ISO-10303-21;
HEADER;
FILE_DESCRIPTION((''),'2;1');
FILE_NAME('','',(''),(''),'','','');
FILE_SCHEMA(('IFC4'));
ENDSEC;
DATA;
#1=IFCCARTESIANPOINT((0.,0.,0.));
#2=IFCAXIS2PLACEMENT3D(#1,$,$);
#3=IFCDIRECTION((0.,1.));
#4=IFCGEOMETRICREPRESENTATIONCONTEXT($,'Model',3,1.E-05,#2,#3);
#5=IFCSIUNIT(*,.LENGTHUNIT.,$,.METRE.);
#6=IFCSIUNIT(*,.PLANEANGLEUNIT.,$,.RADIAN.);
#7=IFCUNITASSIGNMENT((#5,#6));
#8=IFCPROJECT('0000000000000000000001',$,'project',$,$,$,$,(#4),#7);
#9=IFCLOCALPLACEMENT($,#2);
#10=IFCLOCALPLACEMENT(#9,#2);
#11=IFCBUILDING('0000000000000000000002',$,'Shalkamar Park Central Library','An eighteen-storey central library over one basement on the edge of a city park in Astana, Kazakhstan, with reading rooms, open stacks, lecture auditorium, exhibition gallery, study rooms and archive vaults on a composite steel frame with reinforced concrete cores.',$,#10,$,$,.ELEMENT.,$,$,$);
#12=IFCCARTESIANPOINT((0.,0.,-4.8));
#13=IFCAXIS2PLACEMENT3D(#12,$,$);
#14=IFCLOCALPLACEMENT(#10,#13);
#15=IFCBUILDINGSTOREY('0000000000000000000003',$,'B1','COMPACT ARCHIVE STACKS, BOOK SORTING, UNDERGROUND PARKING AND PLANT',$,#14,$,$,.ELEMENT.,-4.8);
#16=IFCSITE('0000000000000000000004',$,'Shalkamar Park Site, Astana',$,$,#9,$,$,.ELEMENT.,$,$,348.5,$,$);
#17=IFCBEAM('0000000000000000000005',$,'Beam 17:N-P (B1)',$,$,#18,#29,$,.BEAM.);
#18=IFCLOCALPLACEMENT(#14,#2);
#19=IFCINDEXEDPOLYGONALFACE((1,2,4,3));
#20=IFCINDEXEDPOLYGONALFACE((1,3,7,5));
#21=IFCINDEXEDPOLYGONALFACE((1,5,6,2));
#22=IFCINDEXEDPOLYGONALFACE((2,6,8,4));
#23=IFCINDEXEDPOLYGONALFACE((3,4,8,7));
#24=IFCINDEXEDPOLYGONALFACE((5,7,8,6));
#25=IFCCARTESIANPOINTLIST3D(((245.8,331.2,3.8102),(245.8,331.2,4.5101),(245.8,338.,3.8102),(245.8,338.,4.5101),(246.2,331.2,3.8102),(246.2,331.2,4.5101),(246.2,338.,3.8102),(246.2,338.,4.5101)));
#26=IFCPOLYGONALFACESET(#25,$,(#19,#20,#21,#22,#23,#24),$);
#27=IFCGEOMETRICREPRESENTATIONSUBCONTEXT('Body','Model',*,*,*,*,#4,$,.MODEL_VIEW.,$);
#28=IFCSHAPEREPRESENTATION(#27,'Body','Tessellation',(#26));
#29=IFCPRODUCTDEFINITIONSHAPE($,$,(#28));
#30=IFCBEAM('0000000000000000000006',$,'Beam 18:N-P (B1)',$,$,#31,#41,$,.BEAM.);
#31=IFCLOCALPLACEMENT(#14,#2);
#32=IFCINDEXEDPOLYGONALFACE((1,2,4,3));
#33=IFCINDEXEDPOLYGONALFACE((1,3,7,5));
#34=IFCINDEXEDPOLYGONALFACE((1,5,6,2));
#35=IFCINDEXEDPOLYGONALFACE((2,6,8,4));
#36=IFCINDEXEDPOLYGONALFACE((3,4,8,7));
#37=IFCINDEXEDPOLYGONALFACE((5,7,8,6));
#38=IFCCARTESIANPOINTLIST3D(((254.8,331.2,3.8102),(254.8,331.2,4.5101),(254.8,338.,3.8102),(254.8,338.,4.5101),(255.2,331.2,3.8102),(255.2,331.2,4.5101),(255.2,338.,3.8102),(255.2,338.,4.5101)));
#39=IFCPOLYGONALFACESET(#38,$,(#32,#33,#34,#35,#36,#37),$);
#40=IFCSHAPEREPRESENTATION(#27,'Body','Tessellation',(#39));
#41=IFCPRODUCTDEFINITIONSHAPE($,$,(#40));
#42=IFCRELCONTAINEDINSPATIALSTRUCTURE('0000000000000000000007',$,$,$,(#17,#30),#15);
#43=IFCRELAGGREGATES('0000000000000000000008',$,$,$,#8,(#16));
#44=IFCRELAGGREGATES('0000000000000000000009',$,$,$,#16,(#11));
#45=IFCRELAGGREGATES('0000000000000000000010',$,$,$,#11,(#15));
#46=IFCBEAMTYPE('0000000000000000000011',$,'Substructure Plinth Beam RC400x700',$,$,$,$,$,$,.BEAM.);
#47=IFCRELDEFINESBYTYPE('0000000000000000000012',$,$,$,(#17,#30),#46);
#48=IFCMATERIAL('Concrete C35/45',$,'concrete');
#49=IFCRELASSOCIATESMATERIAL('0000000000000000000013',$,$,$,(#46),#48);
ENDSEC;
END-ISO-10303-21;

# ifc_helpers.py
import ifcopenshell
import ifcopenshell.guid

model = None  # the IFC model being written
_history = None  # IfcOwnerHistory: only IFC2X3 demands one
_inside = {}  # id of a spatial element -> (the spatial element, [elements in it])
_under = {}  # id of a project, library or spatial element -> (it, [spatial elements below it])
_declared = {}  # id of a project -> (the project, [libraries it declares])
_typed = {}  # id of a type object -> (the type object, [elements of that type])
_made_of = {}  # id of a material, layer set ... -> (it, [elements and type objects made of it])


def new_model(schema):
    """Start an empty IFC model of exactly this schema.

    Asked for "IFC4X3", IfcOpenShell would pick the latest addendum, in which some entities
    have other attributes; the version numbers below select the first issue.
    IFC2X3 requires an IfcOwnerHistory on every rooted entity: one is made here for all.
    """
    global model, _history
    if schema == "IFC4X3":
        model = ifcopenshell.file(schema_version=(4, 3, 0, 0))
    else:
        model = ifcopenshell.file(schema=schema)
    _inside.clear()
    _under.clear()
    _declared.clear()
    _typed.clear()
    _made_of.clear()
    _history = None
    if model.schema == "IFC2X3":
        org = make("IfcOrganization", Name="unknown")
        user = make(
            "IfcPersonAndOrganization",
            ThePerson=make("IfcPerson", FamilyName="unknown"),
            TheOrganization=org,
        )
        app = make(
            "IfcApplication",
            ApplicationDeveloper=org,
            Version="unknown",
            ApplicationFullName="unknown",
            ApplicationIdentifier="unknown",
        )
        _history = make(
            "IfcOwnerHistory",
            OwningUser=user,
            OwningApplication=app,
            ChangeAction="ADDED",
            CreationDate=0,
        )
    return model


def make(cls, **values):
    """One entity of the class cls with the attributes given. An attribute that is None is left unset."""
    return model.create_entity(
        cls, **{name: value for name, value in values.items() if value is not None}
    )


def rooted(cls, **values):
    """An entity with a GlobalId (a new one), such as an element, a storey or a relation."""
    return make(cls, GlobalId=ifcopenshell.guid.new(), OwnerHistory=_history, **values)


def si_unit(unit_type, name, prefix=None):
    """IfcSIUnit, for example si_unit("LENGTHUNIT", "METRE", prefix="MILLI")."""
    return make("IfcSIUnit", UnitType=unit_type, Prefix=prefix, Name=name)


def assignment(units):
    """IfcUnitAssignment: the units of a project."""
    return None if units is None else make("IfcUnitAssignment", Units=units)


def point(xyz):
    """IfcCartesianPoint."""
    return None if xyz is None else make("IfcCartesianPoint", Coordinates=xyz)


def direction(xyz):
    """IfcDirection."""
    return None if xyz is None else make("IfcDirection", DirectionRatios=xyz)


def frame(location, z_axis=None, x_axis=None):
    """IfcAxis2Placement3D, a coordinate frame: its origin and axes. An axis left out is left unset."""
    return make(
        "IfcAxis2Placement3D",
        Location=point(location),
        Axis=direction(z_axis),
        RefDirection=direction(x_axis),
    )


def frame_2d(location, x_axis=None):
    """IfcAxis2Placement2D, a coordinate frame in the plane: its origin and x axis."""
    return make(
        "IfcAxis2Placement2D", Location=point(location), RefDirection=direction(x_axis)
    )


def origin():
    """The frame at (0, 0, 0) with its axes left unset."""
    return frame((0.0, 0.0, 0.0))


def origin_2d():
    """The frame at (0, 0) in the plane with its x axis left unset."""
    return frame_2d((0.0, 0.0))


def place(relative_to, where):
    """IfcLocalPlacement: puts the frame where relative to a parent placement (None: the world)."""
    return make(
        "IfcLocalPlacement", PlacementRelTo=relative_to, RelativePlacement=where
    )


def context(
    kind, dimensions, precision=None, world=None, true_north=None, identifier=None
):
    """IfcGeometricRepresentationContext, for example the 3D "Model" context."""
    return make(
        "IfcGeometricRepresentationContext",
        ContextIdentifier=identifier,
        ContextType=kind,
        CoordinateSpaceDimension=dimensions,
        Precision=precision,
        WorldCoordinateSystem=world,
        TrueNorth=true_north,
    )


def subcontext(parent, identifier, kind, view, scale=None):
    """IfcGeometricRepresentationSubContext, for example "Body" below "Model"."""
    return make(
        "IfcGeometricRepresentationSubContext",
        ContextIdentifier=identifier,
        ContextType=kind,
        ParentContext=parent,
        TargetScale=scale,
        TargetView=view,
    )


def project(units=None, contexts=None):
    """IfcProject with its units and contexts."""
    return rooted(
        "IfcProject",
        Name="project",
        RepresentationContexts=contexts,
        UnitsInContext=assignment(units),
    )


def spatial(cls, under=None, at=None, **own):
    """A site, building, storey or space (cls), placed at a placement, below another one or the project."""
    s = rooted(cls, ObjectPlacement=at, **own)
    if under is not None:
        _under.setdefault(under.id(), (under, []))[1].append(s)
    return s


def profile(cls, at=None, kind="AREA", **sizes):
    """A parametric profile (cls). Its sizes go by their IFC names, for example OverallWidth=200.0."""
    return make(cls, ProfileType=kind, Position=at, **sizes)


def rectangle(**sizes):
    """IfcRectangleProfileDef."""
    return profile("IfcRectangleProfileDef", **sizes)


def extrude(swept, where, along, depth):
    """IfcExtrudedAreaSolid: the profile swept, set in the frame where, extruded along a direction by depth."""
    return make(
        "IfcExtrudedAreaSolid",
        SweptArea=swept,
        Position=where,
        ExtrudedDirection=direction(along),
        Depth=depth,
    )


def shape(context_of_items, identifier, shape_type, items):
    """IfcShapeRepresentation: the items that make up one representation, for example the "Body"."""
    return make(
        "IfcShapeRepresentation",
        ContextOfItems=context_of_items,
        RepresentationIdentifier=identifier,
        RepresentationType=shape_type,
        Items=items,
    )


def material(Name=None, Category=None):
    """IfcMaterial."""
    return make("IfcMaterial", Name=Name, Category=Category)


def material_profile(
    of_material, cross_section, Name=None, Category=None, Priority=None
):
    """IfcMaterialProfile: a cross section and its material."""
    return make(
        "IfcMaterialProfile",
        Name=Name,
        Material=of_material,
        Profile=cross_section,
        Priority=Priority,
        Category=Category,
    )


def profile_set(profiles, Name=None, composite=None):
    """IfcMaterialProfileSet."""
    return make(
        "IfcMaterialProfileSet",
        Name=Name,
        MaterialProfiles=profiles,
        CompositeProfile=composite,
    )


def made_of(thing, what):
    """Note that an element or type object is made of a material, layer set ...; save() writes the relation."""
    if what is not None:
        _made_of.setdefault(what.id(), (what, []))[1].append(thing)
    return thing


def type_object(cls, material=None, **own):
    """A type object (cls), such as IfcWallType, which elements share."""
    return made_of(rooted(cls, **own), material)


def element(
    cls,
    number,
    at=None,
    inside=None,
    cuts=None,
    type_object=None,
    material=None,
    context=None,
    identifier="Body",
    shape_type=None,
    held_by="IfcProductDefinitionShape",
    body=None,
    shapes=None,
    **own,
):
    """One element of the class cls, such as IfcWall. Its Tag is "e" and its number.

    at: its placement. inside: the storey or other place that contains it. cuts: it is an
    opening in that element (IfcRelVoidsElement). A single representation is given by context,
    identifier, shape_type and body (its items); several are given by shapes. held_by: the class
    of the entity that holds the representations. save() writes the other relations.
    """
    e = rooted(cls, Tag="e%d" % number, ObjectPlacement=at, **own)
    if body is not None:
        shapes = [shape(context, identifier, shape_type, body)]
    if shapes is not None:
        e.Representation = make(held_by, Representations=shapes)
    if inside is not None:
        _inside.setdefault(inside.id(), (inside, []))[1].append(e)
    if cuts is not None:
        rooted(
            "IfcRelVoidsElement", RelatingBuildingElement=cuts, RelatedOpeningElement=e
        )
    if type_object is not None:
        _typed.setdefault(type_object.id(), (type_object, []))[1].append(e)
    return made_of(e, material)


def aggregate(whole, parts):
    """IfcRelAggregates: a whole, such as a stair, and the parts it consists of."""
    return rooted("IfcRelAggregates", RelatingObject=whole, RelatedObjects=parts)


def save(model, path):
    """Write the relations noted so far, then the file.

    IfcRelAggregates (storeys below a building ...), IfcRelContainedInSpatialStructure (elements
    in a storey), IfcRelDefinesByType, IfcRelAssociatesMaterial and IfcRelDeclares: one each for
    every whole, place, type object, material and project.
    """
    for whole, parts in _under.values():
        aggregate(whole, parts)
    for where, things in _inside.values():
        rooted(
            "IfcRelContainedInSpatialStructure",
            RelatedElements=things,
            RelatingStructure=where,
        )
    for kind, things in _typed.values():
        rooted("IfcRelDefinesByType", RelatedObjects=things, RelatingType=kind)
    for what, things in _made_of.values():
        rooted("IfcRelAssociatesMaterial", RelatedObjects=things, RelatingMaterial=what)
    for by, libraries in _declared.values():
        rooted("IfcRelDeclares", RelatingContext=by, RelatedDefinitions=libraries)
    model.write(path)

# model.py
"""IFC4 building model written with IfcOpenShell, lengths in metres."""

from ifc_helpers import new_model, si_unit, direction, frame, origin, origin_2d, place, context, subcontext, project, spatial, rectangle, extrude, material, material_profile, profile_set, type_object, element, save


model = new_model("IFC4")

# Units and contexts
model_context = context("Model", 3, precision=1e-05, world=origin(), true_north=direction((0.0, 1.0)))
body_context = subcontext(model_context, "Body", "Model", "MODEL_VIEW")
ifc_project = project(units=[si_unit("LENGTHUNIT", "METRE"), si_unit("PLANEANGLEUNIT", "RADIAN")], contexts=[model_context])

# Site, building, storey
site_placement = place(None, origin())
site = spatial("IfcSite", under=ifc_project, at=site_placement, Name="Shalkamar Park Site, Astana", CompositionType="ELEMENT", RefElevation=348.5)
building_placement = place(site_placement, origin())
building = spatial("IfcBuilding", under=site, at=building_placement, Name="Shalkamar Park Central Library", Description="An eighteen-storey central library over one basement on the edge of a city park in Astana, Kazakhstan, with reading rooms, open stacks, lecture auditorium, exhibition gallery, study rooms and archive vaults on a composite steel frame with reinforced concrete cores.", CompositionType="ELEMENT")
storey_placement = place(building_placement, frame((0.0, 0.0, -4.8)))
storey = spatial("IfcBuildingStorey", under=building, at=storey_placement, Name="B1", Description="COMPACT ARCHIVE STACKS, BOOK SORTING, UNDERGROUND PARKING AND PLANT", CompositionType="ELEMENT", Elevation=-4.8)

# Shared definitions
ifc_material_1 = material(Name="Concrete C35/45", Category="concrete")

# Beams
ifc_material_profile_1 = material_profile(ifc_material_1, rectangle(XDim=0.3999, YDim=0.7, at=origin_2d()), Name="RC 400x700")
ifc_profile_set_1 = profile_set([ifc_material_profile_1], Name="Concrete C35/45")
beam_type_1 = type_object("IfcBeamType", Name="Substructure Plinth Beam RC400x700", PredefinedType="BEAM", material=ifc_profile_set_1)
for number, where, z_axis, x_axis, name in (
    (1, (246.0, 331.2, 4.1602), (0.0, 1.0, 0.0), (-1.0, 0.0, 0.0), "Beam 17:N-P (B1)"),
    (2, (255.0, 331.2, 4.1602), (0.0, 1.0, 0.0), (-1.0, 0.0, 0.0), "Beam 18:N-P (B1)"),
):
    element("IfcBeam", number, at=place(storey_placement, frame(where, z_axis=z_axis, x_axis=x_axis)), inside=storey, type_object=beam_type_1, Name=name, PredefinedType="BEAM", context=body_context, shape_type="SweptSolid", body=[
        extrude(rectangle(XDim=0.3999, YDim=0.7, at=origin_2d()), origin(), (0.0, 0.0, 1.0), 6.8),
    ])

save(model, "model.ifc")
